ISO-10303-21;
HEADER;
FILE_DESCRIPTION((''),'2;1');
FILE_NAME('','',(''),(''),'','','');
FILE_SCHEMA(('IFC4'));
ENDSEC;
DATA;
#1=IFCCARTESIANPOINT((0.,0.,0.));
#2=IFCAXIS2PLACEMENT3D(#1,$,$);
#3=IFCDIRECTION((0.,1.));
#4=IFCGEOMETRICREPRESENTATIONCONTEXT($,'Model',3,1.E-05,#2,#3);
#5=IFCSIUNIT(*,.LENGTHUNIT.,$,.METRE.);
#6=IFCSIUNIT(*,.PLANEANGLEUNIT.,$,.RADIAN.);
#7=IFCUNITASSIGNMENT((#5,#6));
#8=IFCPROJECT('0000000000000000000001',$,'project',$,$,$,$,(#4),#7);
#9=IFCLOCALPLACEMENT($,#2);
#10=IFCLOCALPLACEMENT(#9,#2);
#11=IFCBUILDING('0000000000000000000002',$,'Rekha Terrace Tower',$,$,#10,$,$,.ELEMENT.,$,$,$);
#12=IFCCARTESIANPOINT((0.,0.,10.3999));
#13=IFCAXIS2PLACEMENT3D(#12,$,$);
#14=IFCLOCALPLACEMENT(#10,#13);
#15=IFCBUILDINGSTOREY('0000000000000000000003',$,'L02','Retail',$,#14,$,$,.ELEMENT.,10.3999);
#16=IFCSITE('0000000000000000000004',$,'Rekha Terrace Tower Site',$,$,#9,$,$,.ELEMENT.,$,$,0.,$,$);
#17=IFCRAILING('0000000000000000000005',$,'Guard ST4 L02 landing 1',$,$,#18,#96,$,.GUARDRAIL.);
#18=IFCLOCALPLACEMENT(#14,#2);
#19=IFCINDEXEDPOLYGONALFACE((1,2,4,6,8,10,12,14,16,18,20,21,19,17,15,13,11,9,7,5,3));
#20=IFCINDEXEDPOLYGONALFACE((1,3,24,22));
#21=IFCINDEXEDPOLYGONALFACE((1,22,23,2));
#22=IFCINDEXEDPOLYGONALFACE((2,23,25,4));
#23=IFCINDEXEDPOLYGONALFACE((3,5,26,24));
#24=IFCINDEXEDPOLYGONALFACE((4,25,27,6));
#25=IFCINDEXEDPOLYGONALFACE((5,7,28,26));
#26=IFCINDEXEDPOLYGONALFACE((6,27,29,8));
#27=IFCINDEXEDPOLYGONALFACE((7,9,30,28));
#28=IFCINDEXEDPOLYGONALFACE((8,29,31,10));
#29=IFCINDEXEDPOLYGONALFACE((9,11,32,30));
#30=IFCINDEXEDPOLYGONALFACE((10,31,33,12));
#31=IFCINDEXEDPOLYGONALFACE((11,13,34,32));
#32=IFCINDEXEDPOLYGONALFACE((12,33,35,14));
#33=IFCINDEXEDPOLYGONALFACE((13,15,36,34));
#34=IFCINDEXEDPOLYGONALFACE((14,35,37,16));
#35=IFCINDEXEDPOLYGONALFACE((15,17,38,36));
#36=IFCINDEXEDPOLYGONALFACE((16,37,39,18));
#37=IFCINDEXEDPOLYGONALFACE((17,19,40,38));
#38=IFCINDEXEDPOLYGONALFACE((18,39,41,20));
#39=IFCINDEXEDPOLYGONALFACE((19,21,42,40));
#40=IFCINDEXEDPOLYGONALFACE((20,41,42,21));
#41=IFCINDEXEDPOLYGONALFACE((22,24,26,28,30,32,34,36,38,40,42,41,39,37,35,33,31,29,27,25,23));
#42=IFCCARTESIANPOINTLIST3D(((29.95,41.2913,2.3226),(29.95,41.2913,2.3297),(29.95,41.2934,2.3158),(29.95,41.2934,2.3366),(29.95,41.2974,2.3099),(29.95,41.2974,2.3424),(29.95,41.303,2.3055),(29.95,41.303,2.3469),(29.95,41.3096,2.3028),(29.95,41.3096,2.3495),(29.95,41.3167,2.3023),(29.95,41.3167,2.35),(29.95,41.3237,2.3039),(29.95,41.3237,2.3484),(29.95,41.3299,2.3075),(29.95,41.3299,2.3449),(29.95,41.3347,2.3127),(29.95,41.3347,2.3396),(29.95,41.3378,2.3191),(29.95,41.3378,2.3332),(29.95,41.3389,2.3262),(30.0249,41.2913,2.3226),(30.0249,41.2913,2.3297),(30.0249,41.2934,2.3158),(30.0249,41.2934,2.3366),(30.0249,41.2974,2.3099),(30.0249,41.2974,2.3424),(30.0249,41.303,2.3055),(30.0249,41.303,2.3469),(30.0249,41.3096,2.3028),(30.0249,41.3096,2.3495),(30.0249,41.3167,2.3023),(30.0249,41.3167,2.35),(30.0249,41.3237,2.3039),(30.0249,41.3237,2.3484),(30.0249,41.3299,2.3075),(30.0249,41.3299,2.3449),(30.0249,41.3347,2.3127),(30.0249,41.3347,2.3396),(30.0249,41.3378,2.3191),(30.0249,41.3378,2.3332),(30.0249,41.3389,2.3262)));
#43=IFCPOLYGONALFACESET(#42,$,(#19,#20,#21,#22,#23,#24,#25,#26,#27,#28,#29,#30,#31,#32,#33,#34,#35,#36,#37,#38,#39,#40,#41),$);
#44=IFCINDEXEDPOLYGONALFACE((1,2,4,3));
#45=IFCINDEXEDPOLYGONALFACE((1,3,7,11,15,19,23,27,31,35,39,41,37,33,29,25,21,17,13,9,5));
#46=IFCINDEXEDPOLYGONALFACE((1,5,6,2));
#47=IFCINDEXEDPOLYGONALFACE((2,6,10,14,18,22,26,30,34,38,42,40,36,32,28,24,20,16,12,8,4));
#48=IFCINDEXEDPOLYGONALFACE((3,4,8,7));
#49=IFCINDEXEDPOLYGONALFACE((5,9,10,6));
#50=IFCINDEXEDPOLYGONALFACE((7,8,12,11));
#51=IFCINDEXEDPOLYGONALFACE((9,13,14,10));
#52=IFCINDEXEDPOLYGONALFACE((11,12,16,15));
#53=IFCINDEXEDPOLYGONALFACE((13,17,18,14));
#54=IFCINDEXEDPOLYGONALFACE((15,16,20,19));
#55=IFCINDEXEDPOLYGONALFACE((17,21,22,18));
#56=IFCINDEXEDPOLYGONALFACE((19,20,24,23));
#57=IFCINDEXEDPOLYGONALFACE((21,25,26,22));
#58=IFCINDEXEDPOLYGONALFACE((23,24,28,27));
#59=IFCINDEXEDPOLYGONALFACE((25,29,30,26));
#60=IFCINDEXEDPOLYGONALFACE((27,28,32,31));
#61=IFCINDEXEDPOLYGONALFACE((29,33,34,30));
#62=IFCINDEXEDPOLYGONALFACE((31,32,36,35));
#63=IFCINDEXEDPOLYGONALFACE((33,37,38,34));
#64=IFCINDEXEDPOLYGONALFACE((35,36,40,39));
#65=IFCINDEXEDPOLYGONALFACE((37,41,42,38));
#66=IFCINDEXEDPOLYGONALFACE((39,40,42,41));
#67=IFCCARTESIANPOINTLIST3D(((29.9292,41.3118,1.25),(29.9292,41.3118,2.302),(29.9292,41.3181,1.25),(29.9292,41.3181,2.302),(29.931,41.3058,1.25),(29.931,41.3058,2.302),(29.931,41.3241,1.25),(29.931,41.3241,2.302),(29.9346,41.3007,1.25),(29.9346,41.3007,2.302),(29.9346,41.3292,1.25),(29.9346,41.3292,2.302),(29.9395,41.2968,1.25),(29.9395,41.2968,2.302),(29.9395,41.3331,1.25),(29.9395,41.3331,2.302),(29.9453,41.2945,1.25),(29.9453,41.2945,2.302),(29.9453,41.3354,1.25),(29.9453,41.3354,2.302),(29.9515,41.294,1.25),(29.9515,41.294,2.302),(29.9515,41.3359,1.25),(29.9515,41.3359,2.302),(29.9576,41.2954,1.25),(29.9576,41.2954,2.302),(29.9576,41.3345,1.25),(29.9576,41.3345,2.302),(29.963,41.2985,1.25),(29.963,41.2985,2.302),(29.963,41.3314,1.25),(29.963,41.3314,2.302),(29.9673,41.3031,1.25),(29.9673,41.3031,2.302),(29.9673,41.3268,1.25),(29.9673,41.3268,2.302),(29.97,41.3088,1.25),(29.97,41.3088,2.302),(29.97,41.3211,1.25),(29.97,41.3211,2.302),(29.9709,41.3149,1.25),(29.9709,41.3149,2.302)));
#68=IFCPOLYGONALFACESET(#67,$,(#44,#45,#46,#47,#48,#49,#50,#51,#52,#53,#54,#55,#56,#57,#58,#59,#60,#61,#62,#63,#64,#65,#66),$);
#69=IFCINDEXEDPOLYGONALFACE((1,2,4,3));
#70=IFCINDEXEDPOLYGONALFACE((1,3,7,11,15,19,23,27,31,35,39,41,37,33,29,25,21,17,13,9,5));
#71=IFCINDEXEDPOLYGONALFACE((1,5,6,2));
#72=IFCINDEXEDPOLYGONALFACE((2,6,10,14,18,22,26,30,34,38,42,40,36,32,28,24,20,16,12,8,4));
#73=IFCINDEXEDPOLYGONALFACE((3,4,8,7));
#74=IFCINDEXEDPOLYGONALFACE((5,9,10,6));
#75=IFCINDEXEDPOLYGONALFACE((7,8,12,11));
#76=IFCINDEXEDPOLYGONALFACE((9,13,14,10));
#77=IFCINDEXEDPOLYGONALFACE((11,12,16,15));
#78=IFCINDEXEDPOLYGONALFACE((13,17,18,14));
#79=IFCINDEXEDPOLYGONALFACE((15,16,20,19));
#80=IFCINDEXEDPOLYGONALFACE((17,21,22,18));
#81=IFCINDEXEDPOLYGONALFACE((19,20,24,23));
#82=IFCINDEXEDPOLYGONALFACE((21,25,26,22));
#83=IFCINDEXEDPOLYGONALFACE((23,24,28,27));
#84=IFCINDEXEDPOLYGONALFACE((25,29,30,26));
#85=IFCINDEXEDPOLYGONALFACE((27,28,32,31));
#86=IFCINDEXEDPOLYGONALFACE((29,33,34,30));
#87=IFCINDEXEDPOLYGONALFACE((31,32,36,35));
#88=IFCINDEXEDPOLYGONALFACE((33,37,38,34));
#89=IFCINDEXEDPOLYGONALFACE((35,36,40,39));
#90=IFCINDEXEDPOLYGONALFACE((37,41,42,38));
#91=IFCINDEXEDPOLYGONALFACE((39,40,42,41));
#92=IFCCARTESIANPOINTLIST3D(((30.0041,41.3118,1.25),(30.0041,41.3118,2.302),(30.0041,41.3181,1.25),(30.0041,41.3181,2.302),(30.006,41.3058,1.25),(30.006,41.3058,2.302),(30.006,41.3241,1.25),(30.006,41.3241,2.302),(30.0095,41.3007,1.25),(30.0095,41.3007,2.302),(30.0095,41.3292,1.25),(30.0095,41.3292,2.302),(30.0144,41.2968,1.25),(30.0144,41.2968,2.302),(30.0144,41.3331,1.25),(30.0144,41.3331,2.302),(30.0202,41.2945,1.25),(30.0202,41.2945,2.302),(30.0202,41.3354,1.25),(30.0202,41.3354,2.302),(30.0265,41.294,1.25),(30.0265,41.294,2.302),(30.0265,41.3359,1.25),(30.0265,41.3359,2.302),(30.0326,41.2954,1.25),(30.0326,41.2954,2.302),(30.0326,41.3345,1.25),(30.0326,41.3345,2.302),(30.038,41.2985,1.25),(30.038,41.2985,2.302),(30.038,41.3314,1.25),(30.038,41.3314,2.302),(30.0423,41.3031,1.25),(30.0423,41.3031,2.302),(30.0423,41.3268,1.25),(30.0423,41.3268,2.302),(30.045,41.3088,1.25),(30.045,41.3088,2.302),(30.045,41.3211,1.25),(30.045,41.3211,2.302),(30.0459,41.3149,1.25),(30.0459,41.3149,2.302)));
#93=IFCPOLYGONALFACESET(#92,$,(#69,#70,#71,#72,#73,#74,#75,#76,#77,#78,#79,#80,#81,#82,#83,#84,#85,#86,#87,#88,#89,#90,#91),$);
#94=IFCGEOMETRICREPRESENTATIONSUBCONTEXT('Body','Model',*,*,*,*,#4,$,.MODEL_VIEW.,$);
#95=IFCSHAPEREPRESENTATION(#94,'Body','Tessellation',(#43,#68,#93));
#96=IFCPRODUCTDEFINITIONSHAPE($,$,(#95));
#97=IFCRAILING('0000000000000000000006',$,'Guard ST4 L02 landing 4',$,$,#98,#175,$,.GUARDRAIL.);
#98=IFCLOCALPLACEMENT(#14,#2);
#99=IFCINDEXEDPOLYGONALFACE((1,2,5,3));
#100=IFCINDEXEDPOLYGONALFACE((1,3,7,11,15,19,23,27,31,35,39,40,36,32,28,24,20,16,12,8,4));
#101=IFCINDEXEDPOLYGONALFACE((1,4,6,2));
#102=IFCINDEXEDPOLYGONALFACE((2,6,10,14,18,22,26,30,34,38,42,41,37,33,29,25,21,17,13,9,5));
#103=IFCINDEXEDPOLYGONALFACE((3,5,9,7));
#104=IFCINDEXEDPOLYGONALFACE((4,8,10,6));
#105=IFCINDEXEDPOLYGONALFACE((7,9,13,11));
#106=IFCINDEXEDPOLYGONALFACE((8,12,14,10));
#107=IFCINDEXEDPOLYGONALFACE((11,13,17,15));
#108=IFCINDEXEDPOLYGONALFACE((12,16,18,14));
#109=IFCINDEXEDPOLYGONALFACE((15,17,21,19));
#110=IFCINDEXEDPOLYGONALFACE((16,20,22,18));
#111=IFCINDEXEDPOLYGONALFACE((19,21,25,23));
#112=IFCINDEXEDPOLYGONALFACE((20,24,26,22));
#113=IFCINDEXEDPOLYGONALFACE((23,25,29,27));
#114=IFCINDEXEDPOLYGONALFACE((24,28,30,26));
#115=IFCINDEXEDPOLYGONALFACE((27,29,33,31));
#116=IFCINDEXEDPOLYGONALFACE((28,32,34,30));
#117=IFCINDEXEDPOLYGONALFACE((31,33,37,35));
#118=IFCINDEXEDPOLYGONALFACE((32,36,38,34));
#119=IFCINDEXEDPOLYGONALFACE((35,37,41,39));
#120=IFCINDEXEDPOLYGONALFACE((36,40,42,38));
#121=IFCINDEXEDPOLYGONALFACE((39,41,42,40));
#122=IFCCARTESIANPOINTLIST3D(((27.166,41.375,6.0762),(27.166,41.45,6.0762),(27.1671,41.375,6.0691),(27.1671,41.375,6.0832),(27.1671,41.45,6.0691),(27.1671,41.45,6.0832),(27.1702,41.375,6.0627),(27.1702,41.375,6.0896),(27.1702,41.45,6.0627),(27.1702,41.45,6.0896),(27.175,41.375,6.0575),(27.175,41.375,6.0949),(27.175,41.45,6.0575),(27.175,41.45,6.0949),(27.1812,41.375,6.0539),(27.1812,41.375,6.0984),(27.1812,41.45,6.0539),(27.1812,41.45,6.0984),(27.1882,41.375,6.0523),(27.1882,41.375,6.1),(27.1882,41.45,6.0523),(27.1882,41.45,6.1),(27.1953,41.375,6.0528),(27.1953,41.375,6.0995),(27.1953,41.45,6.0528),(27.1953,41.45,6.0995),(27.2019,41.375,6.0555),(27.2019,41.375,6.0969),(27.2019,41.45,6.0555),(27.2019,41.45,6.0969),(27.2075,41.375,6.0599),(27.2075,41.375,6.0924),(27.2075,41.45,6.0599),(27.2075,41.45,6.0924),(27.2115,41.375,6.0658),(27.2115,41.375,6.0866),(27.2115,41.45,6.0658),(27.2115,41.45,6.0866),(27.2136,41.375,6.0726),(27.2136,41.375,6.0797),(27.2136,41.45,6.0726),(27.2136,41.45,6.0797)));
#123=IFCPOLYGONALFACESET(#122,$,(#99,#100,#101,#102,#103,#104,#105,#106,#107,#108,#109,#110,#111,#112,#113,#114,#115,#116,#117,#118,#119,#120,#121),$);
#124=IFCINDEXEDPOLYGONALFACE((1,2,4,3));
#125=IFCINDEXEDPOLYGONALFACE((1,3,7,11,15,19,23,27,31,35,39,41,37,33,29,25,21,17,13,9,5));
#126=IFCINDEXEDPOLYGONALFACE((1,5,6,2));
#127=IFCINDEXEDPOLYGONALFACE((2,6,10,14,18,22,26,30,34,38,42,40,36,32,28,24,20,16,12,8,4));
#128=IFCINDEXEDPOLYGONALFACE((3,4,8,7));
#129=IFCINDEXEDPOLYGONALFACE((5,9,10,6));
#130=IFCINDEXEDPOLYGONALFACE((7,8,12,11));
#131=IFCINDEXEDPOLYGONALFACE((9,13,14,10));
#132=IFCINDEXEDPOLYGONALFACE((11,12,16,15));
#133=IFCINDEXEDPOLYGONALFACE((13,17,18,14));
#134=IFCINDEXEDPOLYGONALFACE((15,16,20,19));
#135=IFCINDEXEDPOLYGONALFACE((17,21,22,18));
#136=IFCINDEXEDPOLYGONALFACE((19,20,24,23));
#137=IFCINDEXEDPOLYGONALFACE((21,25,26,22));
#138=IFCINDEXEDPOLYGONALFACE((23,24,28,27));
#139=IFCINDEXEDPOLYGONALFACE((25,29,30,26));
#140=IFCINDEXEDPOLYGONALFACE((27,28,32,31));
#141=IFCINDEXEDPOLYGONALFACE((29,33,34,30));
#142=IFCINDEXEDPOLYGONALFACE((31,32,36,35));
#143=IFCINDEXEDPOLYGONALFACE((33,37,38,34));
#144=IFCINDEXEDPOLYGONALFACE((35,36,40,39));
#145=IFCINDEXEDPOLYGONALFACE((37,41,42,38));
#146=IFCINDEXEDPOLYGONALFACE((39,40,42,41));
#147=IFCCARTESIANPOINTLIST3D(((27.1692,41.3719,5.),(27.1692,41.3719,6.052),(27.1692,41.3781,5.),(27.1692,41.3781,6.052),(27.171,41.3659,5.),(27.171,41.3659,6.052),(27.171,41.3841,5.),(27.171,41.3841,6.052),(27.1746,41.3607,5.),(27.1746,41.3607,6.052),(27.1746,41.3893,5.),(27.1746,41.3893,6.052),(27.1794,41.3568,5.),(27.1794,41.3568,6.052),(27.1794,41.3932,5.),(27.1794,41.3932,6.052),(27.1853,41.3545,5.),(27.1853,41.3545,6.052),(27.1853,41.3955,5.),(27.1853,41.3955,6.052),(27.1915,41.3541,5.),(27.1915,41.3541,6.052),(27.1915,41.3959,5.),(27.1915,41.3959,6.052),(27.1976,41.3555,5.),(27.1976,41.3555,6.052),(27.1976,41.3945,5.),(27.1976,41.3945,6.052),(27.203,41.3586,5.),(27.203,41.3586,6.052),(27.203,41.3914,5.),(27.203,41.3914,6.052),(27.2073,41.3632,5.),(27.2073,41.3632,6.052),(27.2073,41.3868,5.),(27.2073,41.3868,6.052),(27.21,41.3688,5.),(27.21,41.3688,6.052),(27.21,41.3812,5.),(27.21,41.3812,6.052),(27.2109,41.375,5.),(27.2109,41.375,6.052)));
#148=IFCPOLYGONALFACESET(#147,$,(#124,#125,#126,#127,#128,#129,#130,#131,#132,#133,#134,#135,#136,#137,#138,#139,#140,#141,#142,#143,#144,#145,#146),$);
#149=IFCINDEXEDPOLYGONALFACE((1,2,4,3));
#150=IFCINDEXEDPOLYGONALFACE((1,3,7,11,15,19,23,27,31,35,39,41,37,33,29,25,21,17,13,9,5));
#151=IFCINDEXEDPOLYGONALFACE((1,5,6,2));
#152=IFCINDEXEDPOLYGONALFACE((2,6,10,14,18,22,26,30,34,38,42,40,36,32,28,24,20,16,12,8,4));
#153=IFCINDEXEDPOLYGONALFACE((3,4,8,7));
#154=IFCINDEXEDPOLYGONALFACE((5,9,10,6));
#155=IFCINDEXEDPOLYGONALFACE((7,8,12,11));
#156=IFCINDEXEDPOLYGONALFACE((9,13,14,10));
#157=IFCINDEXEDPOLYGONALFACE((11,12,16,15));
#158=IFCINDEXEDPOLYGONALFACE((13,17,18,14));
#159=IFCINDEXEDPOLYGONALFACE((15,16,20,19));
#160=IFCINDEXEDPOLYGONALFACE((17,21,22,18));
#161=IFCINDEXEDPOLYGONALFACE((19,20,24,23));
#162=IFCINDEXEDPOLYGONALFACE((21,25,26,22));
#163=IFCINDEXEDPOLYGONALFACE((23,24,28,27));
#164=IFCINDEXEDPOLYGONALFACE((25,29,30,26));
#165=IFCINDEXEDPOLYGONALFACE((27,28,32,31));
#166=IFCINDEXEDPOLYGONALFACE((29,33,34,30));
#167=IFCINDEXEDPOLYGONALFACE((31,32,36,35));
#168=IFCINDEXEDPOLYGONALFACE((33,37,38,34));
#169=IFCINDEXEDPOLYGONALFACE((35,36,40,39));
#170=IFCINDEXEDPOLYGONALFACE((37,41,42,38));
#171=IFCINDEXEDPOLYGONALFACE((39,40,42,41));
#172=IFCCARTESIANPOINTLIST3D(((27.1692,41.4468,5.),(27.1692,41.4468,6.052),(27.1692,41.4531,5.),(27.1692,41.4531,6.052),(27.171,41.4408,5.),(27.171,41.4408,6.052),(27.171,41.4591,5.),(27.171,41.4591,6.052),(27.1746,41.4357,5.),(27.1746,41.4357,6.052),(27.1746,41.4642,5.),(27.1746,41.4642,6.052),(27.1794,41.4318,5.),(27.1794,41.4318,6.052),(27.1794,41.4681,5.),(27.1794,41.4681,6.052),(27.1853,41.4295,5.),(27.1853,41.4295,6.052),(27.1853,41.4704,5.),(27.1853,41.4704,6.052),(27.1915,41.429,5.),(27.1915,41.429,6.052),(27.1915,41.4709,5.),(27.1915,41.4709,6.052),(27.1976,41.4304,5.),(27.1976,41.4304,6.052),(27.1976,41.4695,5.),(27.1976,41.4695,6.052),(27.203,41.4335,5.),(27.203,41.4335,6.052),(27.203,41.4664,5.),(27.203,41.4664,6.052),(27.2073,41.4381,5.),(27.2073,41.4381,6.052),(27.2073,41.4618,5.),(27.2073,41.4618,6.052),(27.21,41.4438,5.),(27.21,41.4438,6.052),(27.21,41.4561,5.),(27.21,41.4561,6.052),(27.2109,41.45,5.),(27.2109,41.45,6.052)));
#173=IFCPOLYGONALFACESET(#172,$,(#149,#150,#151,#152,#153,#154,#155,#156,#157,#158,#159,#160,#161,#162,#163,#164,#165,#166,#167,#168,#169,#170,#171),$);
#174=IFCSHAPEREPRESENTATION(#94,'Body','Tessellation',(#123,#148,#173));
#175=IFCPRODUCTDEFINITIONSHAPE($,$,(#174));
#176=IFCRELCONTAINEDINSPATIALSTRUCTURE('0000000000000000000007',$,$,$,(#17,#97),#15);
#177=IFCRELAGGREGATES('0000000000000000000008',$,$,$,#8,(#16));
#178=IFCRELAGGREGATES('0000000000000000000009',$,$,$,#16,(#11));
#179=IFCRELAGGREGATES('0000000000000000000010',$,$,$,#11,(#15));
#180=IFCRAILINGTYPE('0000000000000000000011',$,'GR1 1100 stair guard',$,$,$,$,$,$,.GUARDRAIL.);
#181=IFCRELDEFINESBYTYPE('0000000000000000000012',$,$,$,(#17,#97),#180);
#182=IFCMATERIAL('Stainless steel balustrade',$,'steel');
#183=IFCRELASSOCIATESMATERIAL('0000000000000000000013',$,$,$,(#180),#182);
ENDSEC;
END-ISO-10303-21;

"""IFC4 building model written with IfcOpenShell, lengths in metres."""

from ifc_helpers import new_model, si_unit, direction, frame, origin, origin_2d, place, context, subcontext, project, spatial, circle, extrude, material, type_object, element, save


model = new_model("IFC4")

# Units and contexts
model_context = context("Model", 3, precision=1e-05, world=origin(), true_north=direction((0.0, 1.0)))
body_context = subcontext(model_context, "Body", "Model", "MODEL_VIEW")
ifc_project = project(units=[si_unit("LENGTHUNIT", "METRE"), si_unit("PLANEANGLEUNIT", "RADIAN")], contexts=[model_context])

# Site, building, storey
site_placement = place(None, origin())
site = spatial("IfcSite", under=ifc_project, at=site_placement, Name="Rekha Terrace Tower Site", CompositionType="ELEMENT", RefElevation=0.0)
building_placement = place(site_placement, origin())
building = spatial("IfcBuilding", under=site, at=building_placement, Name="Rekha Terrace Tower", CompositionType="ELEMENT")
storey_placement = place(building_placement, frame((0.0, 0.0, 10.3999)))
storey = spatial("IfcBuildingStorey", under=building, at=storey_placement, Name="L02", Description="Retail", CompositionType="ELEMENT", Elevation=10.3999)

# Railings
ifc_material_1 = material(Name="Stainless steel balustrade", Category="steel")
railing_type_1 = type_object("IfcRailingType", Name="GR1 1100 stair guard", PredefinedType="GUARDRAIL", material=ifc_material_1)
railing_1_placement = place(storey_placement, frame((29.95, 41.3149, 1.25)))
element("IfcRailing", 1, at=railing_1_placement, inside=storey, type_object=railing_type_1, Name="Guard ST4 L02 landing 1", PredefinedType="GUARDRAIL", context=body_context, shape_type="SweptSolid", body=[
    extrude(circle(Radius=0.0239, at=origin_2d()), frame((0.0, 0.0, 1.0762), z_axis=(1.0, 0.0, 0.0), x_axis=(0.0, 1.0, 0.0)), (0.0, 0.0, 1.0), 0.075),
    extrude(circle(Radius=0.021, at=origin_2d()), origin(), (0.0, 0.0, 1.0), 1.052),
    extrude(circle(Radius=0.021, at=origin_2d()), frame((0.075, 0.0, 0.0)), (0.0, 0.0, 1.0), 1.052),
])
railing_2_placement = place(storey_placement, frame((27.1899, 41.375, 5.0)))
element("IfcRailing", 2, at=railing_2_placement, inside=storey, type_object=railing_type_1, Name="Guard ST4 L02 landing 4", PredefinedType="GUARDRAIL", context=body_context, shape_type="SweptSolid", body=[
    extrude(circle(Radius=0.0239, at=origin_2d()), frame((0.0, 0.0, 1.0762), z_axis=(0.0, 1.0, 0.0), x_axis=(-1.0, 0.0, 0.0)), (0.0, 0.0, 1.0), 0.075),
    extrude(circle(Radius=0.021, at=origin_2d()), origin(), (0.0, 0.0, 1.0), 1.052),
    extrude(circle(Radius=0.021, at=origin_2d()), frame((0.0, 0.075, 0.0)), (0.0, 0.0, 1.0), 1.052),
])

save(model, "model.ifc")
